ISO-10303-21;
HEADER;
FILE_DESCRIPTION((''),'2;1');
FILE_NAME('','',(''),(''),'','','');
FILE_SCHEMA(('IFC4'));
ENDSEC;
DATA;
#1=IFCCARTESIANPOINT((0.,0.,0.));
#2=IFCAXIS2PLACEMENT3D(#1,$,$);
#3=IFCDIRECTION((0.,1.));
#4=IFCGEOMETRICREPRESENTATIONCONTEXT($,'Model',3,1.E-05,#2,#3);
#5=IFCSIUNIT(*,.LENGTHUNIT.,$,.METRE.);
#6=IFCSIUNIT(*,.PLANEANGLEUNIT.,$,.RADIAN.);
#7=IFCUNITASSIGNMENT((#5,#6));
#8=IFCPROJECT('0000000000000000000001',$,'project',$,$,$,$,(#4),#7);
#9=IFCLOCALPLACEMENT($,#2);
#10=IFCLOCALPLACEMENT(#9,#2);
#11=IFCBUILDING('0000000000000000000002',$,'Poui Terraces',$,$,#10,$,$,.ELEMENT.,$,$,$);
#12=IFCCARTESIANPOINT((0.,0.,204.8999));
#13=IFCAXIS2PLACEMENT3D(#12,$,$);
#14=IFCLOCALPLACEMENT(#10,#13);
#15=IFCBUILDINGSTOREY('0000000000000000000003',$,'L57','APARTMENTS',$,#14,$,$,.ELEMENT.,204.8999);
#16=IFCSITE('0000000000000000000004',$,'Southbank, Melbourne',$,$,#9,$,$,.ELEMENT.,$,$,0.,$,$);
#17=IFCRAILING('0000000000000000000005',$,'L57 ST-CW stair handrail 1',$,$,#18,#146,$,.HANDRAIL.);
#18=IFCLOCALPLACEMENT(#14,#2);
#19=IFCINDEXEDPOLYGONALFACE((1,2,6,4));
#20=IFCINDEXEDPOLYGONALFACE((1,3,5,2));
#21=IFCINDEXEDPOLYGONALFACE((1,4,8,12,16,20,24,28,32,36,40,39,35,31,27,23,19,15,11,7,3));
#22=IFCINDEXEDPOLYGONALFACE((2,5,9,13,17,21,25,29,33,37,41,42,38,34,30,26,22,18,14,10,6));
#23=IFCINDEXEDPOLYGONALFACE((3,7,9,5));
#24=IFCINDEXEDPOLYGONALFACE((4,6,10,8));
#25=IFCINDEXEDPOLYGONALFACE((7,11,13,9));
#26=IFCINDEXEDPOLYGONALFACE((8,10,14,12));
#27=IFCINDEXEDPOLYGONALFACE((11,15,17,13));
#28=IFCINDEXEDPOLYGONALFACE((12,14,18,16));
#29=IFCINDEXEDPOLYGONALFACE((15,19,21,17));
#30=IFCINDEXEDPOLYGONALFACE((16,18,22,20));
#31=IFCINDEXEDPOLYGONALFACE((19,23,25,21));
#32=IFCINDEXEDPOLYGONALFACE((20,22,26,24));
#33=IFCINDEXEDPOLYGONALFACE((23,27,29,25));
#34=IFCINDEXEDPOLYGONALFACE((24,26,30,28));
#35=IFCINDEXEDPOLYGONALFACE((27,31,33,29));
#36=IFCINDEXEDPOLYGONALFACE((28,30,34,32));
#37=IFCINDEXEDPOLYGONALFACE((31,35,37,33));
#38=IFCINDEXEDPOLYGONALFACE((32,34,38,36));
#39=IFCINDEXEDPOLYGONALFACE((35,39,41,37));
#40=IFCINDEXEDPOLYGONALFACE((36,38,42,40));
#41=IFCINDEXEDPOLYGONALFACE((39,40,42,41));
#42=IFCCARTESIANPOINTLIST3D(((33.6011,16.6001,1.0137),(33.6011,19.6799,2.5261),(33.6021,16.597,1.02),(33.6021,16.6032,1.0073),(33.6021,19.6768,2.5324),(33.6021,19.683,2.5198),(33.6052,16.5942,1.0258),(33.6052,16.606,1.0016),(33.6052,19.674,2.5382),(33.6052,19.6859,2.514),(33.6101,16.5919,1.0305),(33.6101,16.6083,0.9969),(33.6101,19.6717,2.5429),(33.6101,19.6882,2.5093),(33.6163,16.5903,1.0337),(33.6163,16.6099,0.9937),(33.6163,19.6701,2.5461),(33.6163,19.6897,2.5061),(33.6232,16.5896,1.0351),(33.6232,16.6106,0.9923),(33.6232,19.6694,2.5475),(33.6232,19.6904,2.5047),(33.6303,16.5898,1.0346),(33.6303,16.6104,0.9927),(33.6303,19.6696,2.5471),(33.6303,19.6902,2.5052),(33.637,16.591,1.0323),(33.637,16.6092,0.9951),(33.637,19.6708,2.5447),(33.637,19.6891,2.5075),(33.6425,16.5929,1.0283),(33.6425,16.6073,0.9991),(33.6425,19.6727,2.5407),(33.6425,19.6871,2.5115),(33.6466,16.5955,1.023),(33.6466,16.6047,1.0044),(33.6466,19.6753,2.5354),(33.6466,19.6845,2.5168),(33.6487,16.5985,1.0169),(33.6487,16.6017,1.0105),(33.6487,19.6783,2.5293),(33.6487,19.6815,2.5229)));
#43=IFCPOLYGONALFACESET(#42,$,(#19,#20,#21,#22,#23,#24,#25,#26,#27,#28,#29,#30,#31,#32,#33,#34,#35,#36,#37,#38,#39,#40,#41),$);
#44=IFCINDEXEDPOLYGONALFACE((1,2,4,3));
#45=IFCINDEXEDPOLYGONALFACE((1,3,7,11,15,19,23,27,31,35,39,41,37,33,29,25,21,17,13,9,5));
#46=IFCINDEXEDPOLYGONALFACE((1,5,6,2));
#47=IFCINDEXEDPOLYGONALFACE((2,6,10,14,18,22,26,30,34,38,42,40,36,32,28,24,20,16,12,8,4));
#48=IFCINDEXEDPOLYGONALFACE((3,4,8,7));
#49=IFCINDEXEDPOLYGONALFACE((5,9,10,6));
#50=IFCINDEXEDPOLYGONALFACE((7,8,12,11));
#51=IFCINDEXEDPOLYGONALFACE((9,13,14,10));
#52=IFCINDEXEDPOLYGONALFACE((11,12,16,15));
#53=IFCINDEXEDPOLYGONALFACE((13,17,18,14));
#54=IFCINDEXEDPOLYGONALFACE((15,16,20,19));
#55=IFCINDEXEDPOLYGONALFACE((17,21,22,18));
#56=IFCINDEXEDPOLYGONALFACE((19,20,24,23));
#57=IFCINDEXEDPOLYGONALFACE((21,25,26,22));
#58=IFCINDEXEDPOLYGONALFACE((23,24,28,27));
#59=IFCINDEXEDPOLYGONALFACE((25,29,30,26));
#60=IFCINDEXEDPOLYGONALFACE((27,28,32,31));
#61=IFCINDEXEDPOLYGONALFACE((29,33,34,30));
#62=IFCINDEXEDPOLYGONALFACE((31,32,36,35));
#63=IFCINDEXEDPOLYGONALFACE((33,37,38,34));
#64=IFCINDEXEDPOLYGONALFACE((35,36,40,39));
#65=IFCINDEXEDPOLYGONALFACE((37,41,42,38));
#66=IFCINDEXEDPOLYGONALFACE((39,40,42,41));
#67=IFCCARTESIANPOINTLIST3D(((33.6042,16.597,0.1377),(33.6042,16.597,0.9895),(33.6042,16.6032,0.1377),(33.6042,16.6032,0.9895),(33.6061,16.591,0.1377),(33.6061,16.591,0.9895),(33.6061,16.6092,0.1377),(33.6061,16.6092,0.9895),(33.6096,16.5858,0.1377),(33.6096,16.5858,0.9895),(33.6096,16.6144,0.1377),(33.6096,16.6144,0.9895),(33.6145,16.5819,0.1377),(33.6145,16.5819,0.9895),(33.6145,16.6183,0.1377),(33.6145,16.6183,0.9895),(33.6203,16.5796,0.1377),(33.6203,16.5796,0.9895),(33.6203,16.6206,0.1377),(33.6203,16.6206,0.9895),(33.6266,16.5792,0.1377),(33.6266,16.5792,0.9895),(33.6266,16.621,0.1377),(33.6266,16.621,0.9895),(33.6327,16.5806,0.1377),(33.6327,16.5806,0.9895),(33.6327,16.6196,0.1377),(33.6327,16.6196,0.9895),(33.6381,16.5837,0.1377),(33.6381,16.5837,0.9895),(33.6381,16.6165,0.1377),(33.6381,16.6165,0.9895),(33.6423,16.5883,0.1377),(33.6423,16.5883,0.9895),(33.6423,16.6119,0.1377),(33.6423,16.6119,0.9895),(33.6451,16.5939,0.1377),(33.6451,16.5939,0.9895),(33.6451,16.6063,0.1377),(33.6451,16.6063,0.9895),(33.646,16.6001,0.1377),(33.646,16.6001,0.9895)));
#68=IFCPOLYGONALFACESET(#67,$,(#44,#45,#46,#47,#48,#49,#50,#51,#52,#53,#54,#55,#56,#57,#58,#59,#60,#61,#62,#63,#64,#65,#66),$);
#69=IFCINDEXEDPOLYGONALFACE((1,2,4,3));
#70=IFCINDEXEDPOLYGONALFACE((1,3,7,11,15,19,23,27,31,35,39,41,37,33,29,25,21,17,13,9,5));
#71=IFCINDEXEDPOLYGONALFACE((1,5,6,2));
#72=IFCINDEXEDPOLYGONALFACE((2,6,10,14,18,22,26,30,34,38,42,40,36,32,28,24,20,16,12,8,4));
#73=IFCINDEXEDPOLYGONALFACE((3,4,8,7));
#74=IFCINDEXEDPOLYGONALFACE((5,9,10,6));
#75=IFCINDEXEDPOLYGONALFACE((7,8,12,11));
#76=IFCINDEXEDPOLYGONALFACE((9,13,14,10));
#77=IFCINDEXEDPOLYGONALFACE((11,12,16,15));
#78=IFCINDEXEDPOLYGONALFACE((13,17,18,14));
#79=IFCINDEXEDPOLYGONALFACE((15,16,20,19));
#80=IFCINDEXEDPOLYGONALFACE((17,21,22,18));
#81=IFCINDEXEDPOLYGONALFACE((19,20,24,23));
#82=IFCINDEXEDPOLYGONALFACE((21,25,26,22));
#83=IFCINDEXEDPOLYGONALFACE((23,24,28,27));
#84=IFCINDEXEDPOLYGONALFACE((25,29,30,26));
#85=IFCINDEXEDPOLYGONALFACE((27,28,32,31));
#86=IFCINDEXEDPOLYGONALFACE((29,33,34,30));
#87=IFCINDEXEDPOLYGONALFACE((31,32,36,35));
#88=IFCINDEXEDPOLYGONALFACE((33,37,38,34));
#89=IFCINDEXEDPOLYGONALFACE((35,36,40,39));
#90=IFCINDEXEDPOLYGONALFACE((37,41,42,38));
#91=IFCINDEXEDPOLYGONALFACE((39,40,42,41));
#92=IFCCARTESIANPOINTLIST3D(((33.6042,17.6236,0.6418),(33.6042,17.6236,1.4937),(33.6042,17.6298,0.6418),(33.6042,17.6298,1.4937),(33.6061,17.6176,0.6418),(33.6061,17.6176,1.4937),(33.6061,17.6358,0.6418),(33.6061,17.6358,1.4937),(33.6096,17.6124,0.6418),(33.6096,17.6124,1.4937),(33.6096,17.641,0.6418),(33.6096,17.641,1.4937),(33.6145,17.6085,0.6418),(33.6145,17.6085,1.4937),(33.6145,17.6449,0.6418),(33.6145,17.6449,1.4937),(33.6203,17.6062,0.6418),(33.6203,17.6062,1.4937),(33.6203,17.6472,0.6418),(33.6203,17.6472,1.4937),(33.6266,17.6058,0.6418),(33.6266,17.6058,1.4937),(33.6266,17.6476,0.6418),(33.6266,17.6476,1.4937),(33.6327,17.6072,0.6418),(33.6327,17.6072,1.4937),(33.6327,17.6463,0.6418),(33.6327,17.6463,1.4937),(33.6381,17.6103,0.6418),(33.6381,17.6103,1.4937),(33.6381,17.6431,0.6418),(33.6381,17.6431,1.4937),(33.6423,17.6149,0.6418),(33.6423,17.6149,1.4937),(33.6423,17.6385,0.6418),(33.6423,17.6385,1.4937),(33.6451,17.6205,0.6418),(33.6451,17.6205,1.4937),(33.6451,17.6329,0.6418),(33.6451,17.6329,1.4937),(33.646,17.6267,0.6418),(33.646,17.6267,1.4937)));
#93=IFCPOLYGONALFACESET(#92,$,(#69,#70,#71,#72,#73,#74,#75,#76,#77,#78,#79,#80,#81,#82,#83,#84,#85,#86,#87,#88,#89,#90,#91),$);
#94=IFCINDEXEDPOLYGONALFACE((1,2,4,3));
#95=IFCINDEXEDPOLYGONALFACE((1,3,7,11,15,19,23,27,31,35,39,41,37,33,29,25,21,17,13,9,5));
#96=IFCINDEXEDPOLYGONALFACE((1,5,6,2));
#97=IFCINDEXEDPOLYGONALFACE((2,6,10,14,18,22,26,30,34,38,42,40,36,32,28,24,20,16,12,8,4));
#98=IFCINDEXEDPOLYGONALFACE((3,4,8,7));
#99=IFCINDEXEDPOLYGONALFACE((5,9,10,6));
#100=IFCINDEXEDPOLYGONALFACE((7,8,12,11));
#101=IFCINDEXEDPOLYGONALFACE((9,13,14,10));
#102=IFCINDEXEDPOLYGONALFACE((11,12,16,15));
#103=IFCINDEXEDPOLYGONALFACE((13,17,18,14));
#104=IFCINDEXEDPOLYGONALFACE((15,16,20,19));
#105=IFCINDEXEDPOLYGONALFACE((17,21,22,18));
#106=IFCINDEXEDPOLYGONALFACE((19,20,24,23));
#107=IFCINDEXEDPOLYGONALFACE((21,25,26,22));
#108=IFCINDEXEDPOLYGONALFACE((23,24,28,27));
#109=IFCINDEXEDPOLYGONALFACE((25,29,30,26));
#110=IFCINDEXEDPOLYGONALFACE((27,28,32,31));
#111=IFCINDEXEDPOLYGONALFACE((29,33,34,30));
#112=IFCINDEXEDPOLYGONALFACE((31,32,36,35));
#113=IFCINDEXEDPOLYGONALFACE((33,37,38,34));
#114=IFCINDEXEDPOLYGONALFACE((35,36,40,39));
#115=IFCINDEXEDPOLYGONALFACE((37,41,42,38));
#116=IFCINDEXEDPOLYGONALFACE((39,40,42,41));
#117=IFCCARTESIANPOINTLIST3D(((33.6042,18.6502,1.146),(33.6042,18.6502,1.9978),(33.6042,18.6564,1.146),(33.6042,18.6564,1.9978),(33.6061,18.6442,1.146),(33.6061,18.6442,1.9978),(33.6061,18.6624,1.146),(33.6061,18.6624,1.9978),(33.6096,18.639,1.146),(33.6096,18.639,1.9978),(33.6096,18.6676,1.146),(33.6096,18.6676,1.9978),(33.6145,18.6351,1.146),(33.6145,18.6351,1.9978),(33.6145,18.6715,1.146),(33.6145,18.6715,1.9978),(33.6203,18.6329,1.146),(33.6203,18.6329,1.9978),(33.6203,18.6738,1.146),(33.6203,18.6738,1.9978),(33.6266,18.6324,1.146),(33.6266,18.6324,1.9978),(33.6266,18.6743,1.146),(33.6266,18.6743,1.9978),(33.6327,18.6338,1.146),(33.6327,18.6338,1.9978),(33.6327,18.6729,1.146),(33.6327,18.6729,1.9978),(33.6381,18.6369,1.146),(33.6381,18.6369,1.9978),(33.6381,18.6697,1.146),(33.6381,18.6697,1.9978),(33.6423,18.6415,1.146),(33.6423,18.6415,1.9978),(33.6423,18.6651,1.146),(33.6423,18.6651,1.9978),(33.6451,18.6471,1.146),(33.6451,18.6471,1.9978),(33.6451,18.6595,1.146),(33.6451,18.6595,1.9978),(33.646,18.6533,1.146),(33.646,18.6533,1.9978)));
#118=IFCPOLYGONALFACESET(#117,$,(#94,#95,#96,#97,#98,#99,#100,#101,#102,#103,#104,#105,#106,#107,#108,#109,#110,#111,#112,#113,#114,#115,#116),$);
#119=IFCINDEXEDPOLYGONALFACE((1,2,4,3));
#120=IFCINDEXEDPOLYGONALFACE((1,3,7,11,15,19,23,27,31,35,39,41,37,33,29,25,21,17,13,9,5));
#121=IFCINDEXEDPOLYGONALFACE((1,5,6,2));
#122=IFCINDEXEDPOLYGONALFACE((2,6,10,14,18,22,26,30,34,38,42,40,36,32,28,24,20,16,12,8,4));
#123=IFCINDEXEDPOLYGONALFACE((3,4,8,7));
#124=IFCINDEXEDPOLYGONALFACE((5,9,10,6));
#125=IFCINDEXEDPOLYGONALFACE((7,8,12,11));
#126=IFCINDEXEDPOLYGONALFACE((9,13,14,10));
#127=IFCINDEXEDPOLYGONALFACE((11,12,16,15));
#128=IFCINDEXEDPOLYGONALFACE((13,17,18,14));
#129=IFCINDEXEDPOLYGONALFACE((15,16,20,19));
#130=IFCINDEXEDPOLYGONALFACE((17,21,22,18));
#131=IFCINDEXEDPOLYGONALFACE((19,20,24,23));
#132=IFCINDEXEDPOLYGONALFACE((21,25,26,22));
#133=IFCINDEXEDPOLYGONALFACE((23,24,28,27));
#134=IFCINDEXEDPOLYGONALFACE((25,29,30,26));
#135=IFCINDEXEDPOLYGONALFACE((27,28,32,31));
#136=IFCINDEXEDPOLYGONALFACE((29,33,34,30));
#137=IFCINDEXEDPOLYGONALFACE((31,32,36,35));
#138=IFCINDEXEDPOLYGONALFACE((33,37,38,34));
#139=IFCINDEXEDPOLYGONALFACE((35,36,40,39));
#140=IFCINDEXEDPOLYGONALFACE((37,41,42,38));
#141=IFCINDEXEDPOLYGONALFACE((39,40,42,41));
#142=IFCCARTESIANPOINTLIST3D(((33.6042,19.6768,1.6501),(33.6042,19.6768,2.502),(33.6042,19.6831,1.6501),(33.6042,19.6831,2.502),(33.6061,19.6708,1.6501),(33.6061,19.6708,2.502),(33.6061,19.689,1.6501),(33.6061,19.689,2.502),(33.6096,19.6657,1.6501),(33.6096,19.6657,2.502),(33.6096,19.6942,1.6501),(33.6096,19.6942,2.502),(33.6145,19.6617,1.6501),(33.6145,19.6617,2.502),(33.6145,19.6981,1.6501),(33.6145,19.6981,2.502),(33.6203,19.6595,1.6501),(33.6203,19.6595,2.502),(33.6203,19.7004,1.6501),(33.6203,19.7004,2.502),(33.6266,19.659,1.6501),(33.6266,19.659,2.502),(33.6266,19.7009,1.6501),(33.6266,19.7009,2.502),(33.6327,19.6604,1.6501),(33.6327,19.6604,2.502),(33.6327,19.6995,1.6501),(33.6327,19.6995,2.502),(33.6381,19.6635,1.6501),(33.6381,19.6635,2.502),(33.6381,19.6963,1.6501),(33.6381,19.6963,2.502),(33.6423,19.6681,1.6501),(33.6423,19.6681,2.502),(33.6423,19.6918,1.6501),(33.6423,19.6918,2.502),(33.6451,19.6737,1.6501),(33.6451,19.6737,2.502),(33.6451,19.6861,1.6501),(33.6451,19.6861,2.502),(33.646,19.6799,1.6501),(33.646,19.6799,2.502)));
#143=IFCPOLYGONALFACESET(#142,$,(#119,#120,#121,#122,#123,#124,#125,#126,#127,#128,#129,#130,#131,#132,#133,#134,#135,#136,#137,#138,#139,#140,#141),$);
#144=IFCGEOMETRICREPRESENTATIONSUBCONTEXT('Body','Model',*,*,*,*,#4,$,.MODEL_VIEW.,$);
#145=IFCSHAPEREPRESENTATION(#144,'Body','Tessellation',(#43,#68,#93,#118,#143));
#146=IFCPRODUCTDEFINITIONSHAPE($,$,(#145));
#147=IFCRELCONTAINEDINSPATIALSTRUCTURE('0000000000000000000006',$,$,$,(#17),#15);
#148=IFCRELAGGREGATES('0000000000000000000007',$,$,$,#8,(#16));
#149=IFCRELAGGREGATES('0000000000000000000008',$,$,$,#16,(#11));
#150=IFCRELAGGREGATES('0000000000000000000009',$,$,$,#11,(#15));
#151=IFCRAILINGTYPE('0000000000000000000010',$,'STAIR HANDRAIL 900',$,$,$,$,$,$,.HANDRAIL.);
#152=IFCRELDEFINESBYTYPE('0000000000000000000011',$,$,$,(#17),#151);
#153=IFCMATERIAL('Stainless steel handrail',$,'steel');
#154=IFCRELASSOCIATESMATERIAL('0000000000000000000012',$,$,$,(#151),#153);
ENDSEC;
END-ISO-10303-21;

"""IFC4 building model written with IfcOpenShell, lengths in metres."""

from ifc_helpers import new_model, si_unit, direction, frame, origin, origin_2d, place, context, subcontext, project, spatial, circle, extrude, material, type_object, element, save


model = new_model("IFC4")

# Units and contexts
model_context = context("Model", 3, precision=1e-05, world=origin(), true_north=direction((0.0, 1.0)))
body_context = subcontext(model_context, "Body", "Model", "MODEL_VIEW")
ifc_project = project(units=[si_unit("LENGTHUNIT", "METRE"), si_unit("PLANEANGLEUNIT", "RADIAN")], contexts=[model_context])

# Site, building, storey
site_placement = place(None, origin())
site = spatial("IfcSite", under=ifc_project, at=site_placement, Name="Southbank, Melbourne", CompositionType="ELEMENT", RefElevation=0.0)
building_placement = place(site_placement, origin())
building = spatial("IfcBuilding", under=site, at=building_placement, Name="Poui Terraces", CompositionType="ELEMENT")
storey_placement = place(building_placement, frame((0.0, 0.0, 204.8999)))
storey = spatial("IfcBuildingStorey", under=building, at=storey_placement, Name="L57", Description="APARTMENTS", CompositionType="ELEMENT", Elevation=204.8999)

# Railing
ifc_material_1 = material(Name="Stainless steel handrail", Category="steel")
railing_type_1 = type_object("IfcRailingType", Name="STAIR HANDRAIL 900", PredefinedType="HANDRAIL", material=ifc_material_1)
railing_1_placement = place(storey_placement, frame((33.625, 16.6001, 0.1377)))
element("IfcRailing", 1, at=railing_1_placement, inside=storey, type_object=railing_type_1, Name="L57 ST-CW stair handrail 1", PredefinedType="HANDRAIL", context=body_context, shape_type="SweptSolid", body=[
    extrude(circle(Radius=0.0239, at=origin_2d()), frame((0.0, 0.0, 0.876), z_axis=(0.0, 0.897606, 0.440798), x_axis=(-1.0, 0.0, 0.0)), (0.0, 0.0, 1.0), 3.4312),
    extrude(circle(Radius=0.021, at=origin_2d()), origin(), (0.0, 0.0, 1.0), 0.8518),
    extrude(circle(Radius=0.021, at=origin_2d()), frame((0.0, 1.0266, 0.5042)), (0.0, 0.0, 1.0), 0.8518),
    extrude(circle(Radius=0.021, at=origin_2d()), frame((0.0, 2.0532, 1.0083)), (0.0, 0.0, 1.0), 0.8518),
    extrude(circle(Radius=0.021, at=origin_2d()), frame((0.0, 3.0798, 1.5125)), (0.0, 0.0, 1.0), 0.8518),
])

save(model, "model.ifc")
